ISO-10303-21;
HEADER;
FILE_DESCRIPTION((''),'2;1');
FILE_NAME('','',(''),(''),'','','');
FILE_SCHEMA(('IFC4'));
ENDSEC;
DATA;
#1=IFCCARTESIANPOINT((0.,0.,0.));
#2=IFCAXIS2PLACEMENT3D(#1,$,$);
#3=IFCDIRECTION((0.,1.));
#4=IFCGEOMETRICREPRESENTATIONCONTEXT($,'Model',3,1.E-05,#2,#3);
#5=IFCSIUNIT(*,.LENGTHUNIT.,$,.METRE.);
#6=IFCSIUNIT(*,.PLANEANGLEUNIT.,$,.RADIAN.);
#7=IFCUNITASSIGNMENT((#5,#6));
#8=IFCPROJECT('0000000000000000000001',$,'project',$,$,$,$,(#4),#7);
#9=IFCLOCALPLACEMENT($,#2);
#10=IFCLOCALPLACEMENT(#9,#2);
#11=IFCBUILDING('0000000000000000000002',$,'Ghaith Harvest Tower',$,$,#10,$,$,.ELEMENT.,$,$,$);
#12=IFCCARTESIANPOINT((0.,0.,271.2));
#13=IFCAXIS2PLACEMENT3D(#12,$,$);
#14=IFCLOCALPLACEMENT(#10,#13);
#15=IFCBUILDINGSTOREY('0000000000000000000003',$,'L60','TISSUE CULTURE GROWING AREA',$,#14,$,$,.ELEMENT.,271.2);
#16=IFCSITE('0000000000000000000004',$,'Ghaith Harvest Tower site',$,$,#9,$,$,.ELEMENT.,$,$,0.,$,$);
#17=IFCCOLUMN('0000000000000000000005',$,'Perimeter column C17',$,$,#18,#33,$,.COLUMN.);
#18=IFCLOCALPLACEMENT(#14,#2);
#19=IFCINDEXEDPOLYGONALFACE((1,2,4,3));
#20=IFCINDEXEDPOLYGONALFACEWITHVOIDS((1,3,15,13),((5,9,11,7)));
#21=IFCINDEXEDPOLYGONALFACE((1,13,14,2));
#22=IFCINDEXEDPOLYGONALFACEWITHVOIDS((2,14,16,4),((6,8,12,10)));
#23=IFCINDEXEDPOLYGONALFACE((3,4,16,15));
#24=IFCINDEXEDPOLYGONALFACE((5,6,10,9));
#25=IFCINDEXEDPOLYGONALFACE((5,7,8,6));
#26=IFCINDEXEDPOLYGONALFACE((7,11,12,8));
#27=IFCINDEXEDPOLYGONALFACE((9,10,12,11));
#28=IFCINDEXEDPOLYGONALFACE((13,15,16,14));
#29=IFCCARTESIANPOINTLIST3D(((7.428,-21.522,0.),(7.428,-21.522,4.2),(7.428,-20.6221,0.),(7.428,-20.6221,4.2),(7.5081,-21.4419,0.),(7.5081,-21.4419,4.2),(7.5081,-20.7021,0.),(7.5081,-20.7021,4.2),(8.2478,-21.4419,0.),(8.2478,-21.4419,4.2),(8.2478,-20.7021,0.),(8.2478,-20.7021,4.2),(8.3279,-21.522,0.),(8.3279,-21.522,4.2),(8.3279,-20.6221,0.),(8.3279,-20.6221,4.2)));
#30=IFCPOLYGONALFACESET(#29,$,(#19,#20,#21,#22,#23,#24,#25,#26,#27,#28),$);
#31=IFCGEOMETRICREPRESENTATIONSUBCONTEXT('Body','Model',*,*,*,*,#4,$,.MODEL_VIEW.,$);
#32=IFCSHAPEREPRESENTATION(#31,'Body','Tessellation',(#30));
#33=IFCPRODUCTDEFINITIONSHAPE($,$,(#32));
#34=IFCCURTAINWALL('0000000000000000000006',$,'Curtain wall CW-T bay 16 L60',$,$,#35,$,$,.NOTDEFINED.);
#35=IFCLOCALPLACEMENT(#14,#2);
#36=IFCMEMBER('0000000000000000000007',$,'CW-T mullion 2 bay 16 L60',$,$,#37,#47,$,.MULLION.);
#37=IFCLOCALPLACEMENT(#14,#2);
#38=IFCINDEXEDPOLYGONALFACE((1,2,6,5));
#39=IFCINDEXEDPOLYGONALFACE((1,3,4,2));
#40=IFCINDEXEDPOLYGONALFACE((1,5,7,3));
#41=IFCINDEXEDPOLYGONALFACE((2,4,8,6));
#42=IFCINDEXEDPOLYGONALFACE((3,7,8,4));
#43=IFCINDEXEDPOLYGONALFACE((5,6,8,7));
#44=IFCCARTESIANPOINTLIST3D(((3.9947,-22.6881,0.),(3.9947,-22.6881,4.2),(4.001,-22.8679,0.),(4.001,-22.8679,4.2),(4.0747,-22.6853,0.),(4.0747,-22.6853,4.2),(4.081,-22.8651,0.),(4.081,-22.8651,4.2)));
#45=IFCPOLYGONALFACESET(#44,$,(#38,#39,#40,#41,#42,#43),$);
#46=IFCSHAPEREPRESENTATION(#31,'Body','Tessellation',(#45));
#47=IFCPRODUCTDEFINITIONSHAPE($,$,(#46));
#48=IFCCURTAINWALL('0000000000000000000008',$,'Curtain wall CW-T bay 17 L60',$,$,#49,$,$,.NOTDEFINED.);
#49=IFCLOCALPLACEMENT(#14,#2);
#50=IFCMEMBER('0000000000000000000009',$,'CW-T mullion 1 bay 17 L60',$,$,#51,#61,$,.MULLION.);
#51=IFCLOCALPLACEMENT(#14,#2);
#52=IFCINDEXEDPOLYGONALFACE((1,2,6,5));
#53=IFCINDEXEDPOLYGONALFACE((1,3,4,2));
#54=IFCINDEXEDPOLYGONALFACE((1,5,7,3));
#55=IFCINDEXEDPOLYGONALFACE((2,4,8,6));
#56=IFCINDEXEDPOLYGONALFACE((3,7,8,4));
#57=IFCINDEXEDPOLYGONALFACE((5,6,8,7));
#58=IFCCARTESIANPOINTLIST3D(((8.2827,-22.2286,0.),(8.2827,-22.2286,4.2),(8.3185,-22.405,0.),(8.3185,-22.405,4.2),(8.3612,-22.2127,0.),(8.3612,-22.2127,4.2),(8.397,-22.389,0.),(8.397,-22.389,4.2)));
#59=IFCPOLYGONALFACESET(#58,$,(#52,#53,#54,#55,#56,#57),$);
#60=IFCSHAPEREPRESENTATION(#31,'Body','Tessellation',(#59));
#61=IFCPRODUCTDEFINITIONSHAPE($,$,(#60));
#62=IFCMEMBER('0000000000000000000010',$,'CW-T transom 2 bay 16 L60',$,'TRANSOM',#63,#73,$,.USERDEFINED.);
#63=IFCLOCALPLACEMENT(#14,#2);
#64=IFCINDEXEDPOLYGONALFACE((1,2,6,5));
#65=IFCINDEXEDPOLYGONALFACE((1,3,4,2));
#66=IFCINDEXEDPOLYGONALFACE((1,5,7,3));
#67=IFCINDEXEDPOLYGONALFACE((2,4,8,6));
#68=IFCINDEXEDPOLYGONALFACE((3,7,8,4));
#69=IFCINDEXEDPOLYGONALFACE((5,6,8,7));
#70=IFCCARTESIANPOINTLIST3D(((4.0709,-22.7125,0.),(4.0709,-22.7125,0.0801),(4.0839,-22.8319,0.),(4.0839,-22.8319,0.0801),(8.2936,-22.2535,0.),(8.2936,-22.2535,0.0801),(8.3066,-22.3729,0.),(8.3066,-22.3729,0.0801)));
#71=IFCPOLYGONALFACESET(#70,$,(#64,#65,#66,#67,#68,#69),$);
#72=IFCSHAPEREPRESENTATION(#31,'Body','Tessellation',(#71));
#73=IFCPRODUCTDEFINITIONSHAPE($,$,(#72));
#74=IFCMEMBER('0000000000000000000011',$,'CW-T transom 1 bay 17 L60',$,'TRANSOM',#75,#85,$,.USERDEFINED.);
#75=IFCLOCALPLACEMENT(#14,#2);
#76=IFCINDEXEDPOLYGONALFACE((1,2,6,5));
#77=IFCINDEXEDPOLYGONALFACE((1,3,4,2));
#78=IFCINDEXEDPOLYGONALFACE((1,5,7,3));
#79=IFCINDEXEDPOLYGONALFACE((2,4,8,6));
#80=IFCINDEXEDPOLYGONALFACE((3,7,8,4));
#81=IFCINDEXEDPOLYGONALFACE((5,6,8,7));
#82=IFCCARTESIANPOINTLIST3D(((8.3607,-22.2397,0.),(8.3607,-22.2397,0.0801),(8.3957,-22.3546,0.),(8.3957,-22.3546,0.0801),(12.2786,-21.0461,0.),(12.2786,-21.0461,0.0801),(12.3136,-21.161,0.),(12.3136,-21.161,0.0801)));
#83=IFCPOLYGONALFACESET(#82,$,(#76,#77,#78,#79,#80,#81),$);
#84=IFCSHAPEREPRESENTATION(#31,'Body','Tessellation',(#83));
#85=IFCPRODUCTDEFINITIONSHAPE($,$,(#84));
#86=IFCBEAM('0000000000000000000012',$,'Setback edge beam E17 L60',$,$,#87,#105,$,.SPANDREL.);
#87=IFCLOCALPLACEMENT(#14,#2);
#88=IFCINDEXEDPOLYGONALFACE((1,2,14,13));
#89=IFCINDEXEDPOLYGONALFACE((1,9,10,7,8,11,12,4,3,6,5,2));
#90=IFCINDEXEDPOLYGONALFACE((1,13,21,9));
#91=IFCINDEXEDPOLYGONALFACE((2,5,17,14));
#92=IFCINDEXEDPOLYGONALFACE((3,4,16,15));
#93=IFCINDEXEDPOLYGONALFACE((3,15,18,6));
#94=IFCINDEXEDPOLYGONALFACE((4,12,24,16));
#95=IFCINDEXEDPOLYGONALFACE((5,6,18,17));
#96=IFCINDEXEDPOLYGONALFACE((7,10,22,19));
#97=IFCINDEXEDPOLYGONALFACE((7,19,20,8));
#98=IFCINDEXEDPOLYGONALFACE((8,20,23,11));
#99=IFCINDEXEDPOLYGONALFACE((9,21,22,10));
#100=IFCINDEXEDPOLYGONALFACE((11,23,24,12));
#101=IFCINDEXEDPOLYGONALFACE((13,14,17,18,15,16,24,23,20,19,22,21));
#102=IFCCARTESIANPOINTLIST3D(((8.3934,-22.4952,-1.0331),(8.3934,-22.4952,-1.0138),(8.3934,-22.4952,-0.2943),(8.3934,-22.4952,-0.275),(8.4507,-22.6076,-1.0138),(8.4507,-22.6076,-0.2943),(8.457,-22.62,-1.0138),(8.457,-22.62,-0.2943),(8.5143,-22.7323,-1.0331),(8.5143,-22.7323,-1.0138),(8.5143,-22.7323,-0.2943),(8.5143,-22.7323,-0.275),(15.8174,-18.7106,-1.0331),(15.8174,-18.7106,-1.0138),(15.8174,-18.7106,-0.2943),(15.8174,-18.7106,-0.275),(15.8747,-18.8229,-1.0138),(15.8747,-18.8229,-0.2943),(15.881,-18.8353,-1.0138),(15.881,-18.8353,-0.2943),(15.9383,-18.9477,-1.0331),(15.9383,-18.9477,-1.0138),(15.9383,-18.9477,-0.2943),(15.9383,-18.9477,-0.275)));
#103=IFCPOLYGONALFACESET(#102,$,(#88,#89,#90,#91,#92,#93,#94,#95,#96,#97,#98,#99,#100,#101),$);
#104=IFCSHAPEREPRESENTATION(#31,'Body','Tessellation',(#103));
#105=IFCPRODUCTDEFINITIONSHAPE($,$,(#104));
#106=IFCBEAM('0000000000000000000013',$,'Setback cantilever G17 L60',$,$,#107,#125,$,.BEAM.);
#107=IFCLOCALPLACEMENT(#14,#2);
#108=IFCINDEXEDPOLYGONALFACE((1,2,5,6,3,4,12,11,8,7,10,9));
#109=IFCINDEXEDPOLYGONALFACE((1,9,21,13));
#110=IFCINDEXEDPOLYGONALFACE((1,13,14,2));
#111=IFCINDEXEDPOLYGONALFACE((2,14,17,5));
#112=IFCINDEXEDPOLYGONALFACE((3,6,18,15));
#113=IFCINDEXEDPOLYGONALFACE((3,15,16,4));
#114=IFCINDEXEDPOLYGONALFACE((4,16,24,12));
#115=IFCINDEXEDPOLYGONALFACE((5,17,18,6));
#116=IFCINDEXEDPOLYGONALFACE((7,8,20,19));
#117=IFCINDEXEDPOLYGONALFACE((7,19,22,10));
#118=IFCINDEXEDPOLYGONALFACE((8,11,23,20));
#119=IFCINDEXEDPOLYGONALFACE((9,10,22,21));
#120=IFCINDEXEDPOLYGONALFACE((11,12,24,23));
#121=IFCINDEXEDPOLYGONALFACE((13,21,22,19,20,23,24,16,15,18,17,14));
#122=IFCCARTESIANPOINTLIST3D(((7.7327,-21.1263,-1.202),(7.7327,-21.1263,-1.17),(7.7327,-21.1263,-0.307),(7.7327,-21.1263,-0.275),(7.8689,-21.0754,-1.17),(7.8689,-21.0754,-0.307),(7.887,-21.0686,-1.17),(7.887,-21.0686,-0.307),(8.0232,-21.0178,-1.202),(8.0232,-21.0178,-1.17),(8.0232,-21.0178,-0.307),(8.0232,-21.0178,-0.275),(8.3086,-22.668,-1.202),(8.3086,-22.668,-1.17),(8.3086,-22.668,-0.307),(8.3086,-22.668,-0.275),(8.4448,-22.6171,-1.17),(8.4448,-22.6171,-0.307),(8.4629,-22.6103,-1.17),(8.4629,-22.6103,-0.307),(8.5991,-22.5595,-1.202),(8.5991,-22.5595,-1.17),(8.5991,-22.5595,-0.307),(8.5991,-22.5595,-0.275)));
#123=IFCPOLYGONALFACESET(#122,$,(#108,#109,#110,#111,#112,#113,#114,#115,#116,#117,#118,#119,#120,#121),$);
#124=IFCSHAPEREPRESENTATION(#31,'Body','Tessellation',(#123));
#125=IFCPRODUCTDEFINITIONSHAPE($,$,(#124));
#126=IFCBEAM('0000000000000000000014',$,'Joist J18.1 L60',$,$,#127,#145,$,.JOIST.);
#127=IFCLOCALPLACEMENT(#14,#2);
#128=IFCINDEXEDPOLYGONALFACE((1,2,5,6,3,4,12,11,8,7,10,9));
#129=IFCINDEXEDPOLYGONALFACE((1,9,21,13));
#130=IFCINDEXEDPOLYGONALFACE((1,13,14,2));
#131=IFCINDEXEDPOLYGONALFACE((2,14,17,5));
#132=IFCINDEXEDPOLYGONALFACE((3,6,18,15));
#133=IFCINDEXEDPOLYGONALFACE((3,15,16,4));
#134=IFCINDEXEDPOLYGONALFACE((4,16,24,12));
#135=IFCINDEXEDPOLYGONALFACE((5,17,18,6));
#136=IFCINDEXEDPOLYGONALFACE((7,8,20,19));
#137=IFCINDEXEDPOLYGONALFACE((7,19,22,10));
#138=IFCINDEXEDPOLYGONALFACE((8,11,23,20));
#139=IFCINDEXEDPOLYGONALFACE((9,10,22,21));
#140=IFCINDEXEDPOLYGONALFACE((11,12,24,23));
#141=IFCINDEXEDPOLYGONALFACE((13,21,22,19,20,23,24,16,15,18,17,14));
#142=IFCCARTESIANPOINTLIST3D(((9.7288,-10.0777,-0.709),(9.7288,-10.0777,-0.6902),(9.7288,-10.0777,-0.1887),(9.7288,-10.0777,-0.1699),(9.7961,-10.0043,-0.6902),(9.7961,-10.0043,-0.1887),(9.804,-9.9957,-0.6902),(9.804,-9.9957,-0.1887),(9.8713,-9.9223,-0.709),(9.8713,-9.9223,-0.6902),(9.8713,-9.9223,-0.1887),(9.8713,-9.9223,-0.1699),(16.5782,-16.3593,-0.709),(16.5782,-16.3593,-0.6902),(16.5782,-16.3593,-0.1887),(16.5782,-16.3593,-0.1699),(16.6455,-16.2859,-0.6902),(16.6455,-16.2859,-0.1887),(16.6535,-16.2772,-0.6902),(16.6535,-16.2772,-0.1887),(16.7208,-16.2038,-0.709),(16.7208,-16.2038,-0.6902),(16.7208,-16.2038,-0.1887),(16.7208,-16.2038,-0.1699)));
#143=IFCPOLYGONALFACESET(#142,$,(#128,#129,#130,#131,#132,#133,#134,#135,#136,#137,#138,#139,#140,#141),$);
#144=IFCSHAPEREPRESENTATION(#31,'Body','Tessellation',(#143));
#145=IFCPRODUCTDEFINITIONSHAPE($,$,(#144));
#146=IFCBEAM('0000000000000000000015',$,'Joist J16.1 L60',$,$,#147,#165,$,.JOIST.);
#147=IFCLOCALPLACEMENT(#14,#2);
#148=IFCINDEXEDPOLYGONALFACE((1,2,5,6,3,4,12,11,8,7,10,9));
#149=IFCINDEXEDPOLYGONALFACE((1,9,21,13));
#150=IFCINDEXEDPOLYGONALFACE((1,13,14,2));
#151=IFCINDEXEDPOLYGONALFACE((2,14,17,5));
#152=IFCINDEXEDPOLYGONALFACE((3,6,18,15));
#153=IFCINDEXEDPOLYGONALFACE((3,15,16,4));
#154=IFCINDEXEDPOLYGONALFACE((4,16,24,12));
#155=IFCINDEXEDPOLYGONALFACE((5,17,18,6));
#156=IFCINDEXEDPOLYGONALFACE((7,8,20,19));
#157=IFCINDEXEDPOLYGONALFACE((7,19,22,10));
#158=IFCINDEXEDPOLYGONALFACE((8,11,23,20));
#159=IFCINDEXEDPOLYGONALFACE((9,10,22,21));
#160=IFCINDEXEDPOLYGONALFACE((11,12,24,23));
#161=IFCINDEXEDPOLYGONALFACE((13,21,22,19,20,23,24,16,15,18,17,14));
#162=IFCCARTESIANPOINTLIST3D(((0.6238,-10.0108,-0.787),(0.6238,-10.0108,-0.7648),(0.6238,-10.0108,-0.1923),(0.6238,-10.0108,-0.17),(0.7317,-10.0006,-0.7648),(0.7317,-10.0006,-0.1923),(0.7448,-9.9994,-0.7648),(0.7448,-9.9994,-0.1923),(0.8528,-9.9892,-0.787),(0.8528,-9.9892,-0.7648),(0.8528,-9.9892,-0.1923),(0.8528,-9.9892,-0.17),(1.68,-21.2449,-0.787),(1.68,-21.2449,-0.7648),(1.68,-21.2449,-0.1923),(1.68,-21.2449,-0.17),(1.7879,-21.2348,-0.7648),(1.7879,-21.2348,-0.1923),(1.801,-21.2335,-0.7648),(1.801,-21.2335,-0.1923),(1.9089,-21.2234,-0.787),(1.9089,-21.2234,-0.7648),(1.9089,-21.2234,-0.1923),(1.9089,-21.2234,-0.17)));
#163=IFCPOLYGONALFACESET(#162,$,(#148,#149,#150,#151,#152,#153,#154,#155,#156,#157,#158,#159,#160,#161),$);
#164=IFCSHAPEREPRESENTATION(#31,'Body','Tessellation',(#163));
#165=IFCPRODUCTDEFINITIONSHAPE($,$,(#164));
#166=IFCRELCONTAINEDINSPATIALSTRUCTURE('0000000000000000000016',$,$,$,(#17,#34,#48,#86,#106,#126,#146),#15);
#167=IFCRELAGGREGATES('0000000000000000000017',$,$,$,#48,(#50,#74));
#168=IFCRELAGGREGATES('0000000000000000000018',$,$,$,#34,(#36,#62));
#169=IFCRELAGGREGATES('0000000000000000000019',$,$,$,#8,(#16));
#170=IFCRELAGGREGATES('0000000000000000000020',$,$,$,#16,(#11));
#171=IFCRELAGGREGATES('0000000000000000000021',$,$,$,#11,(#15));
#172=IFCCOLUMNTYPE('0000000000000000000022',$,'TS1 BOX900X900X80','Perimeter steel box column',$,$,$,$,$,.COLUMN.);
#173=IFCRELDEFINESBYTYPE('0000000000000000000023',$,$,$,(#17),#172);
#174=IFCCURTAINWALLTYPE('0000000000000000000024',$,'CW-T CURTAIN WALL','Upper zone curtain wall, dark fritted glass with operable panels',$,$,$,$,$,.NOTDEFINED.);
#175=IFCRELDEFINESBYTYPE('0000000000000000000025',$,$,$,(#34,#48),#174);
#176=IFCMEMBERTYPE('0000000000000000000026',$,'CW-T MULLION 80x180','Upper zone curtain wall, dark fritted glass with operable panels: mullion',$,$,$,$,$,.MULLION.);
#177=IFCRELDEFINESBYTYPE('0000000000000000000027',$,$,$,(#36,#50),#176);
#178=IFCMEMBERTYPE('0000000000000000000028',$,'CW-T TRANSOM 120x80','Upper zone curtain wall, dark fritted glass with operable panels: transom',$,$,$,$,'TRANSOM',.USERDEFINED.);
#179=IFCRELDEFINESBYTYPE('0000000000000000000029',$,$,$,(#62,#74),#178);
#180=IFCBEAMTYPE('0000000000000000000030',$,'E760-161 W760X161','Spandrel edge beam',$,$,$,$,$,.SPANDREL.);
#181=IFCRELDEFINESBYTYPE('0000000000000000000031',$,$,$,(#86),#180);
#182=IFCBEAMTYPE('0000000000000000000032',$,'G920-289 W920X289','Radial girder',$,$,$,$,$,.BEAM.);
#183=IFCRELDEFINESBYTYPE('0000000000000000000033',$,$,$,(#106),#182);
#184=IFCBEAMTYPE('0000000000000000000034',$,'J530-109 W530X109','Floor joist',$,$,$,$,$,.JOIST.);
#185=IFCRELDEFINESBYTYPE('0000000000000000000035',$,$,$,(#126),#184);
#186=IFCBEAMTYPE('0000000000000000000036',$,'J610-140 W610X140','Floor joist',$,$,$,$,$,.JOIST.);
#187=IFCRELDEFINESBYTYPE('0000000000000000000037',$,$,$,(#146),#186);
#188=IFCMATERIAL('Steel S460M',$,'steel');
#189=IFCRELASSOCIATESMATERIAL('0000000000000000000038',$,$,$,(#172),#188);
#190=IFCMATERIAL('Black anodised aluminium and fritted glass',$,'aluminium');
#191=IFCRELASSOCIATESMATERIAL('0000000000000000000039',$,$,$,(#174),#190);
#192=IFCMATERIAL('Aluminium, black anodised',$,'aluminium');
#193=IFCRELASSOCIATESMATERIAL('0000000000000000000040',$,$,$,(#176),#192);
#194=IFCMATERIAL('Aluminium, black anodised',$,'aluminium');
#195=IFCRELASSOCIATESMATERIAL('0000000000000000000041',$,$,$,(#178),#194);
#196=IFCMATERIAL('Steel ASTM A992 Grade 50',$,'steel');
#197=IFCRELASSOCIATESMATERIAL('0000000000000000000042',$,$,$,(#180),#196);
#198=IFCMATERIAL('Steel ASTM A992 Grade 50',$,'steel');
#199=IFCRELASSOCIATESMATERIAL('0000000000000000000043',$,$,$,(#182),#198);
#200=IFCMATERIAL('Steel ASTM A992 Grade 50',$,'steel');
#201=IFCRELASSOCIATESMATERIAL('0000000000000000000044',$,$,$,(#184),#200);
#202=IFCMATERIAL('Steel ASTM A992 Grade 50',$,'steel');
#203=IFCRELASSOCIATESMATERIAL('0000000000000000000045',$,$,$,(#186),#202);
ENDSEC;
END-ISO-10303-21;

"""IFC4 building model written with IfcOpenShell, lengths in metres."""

from ifc_helpers import new_model, si_unit, direction, frame, origin, origin_2d, place, context, subcontext, project, spatial, rectangle, hollow_rectangle, i_section, extrude, material, material_profile, profile_set, type_object, element, aggregate, save


model = new_model("IFC4")

# Units and contexts
model_context = context("Model", 3, precision=1e-05, world=origin(), true_north=direction((0.0, 1.0)))
body_context = subcontext(model_context, "Body", "Model", "MODEL_VIEW")
ifc_project = project(units=[si_unit("LENGTHUNIT", "METRE"), si_unit("PLANEANGLEUNIT", "RADIAN")], contexts=[model_context])

# Site, building, storey
site_placement = place(None, origin())
site = spatial("IfcSite", under=ifc_project, at=site_placement, Name="Ghaith Harvest Tower site", CompositionType="ELEMENT", RefElevation=0.0)
building_placement = place(site_placement, origin())
building = spatial("IfcBuilding", under=site, at=building_placement, Name="Ghaith Harvest Tower", CompositionType="ELEMENT")
storey_placement = place(building_placement, frame((0.0, 0.0, 271.2)))
storey = spatial("IfcBuildingStorey", under=building, at=storey_placement, Name="L60", Description="TISSUE CULTURE GROWING AREA", CompositionType="ELEMENT", Elevation=271.2)

# Column
ifc_material_1 = material(Name="Steel S460M", Category="steel")
ifc_material_profile_1 = material_profile(ifc_material_1, hollow_rectangle(XDim=0.8999, YDim=0.8999, WallThickness=0.0801, at=origin_2d()), Name="BOX900X900X80")
ifc_profile_set_1 = profile_set([ifc_material_profile_1], Name="Steel S460M")
column_type = type_object("IfcColumnType", Name="TS1 BOX900X900X80", Description="Perimeter steel box column", PredefinedType="COLUMN", material=ifc_profile_set_1)
column_placement = place(storey_placement, frame((7.8779, -21.072, 0.0), z_axis=(0.0, 0.0, 1.0), x_axis=(1.0, 0.0, 0.0)))
element("IfcColumn", 1, at=column_placement, inside=storey, type_object=column_type, Name="Perimeter column C17", PredefinedType="COLUMN", context=body_context, shape_type="SweptSolid", body=[
    extrude(hollow_rectangle(XDim=0.8999, YDim=0.8999, WallThickness=0.0801, at=origin_2d()), origin(), (0.0, 0.0, 1.0), 4.2),
])

# Curtain walls, members
ifc_material_2 = material(Name="Black anodised aluminium and fritted glass", Category="aluminium")
curtain_wall_type = type_object("IfcCurtainWallType", Name="CW-T CURTAIN WALL", Description="Upper zone curtain wall, dark fritted glass with operable panels", PredefinedType="NOTDEFINED", material=ifc_material_2)
curtain_wall_1_placement = place(storey_placement, origin())
curtain_wall_1 = element("IfcCurtainWall", 2, at=curtain_wall_1_placement, inside=storey, type_object=curtain_wall_type, Name="Curtain wall CW-T bay 16 L60", PredefinedType="NOTDEFINED")
ifc_material_3 = material(Name="Aluminium, black anodised", Category="aluminium")
ifc_material_profile_2 = material_profile(ifc_material_3, rectangle(XDim=0.0801, YDim=0.1799, at=origin_2d()), Name="CW-T MULLION 80x180")
ifc_profile_set_2 = profile_set([ifc_material_profile_2], Name="Aluminium, black anodised")
member_type_1 = type_object("IfcMemberType", Name="CW-T MULLION 80x180", Description="Upper zone curtain wall, dark fritted glass with operable panels: mullion", PredefinedType="MULLION", material=ifc_profile_set_2)
member_1_placement = place(storey_placement, frame((4.0378, -22.7766, 0.0), z_axis=(0.0, 0.0, 1.0), x_axis=(0.999389, 0.034962, 0.0)))
member_1 = element("IfcMember", 3, at=member_1_placement, type_object=member_type_1, Name="CW-T mullion 2 bay 16 L60", PredefinedType="MULLION", context=body_context, shape_type="SweptSolid", body=[
    extrude(rectangle(XDim=0.0801, YDim=0.1799, at=origin_2d()), origin(), (0.0, 0.0, 1.0), 4.2),
])
curtain_wall_2_placement = place(storey_placement, origin())
curtain_wall_2 = element("IfcCurtainWall", 4, at=curtain_wall_2_placement, inside=storey, type_object=curtain_wall_type, Name="Curtain wall CW-T bay 17 L60", PredefinedType="NOTDEFINED")
member_2_placement = place(storey_placement, frame((8.3398, -22.3088, 0.0), z_axis=(0.0, 0.0, 1.0), x_axis=(0.98, 0.198997, 0.0)))
member_2 = element("IfcMember", 5, at=member_2_placement, type_object=member_type_1, Name="CW-T mullion 1 bay 17 L60", PredefinedType="MULLION", context=body_context, shape_type="SweptSolid", body=[
    extrude(rectangle(XDim=0.0801, YDim=0.1799, at=origin_2d()), origin(), (0.0, 0.0, 1.0), 4.2),
])

# Members
ifc_material_4 = material(Name="Aluminium, black anodised", Category="aluminium")
ifc_material_profile_3 = material_profile(ifc_material_4, rectangle(XDim=0.1201, YDim=0.0801, at=origin_2d()), Name="CW-T TRANSOM 120x80")
ifc_profile_set_3 = profile_set([ifc_material_profile_3], Name="Aluminium, black anodised")
member_type_2 = type_object("IfcMemberType", Name="CW-T TRANSOM 120x80", Description="Upper zone curtain wall, dark fritted glass with operable panels: transom", ElementType="TRANSOM", PredefinedType="USERDEFINED", material=ifc_profile_set_3)
member_3_placement = place(storey_placement, frame((4.0774, -22.7722, 0.04), z_axis=(0.994144, 0.108059, 0.0), x_axis=(-0.108059, 0.994144, 0.0)))
member_3 = element("IfcMember", 6, at=member_3_placement, type_object=member_type_2, Name="CW-T transom 2 bay 16 L60", ObjectType="TRANSOM", PredefinedType="USERDEFINED", context=body_context, shape_type="SweptSolid", body=[
    extrude(rectangle(XDim=0.1201, YDim=0.0801, at=origin_2d()), origin(), (0.0, 0.0, 1.0), 4.2476),
])
member_4_placement = place(storey_placement, frame((8.3782, -22.2971, 0.04), z_axis=(0.956594, 0.291425, 0.0), x_axis=(-0.291425, 0.956594, 0.0)))
member_4 = element("IfcMember", 7, at=member_4_placement, type_object=member_type_2, Name="CW-T transom 1 bay 17 L60", ObjectType="TRANSOM", PredefinedType="USERDEFINED", context=body_context, shape_type="SweptSolid", body=[
    extrude(rectangle(XDim=0.1201, YDim=0.0801, at=origin_2d()), origin(), (0.0, 0.0, 1.0), 4.0957),
])
aggregate(curtain_wall_2, [member_2, member_4])

# Beams
ifc_material_5 = material(Name="Steel ASTM A992 Grade 50", Category="steel")
ifc_material_profile_4 = material_profile(ifc_material_5, i_section(OverallWidth=0.2661, OverallDepth=0.7581, WebThickness=0.0139, FlangeThickness=0.0193, at=origin_2d()), Name="W760X161")
ifc_profile_set_4 = profile_set([ifc_material_profile_4], Name="Steel ASTM A992 Grade 50")
beam_type_1 = type_object("IfcBeamType", Name="E760-161 W760X161", Description="Spandrel edge beam", PredefinedType="SPANDREL", material=ifc_profile_set_4)
beam_1_placement = place(storey_placement, frame((8.4539, -22.6138, -0.6541), z_axis=(0.890914, 0.454173, 0.0), x_axis=(-0.454173, 0.890914, 0.0)))
element("IfcBeam", 8, at=beam_1_placement, inside=storey, type_object=beam_type_1, Name="Setback edge beam E17 L60", PredefinedType="SPANDREL", context=body_context, shape_type="SweptSolid", body=[
    extrude(i_section(OverallWidth=0.2661, OverallDepth=0.7581, WebThickness=0.0139, FlangeThickness=0.0193, at=origin_2d()), origin(), (0.0, 0.0, 1.0), 8.333),
])
ifc_material_6 = material(Name="Steel ASTM A992 Grade 50", Category="steel")
ifc_material_profile_5 = material_profile(ifc_material_6, i_section(OverallWidth=0.3101, OverallDepth=0.927, WebThickness=0.0193, FlangeThickness=0.032, at=origin_2d()), Name="W920X289")
ifc_profile_set_5 = profile_set([ifc_material_profile_5], Name="Steel ASTM A992 Grade 50")
beam_type_2 = type_object("IfcBeamType", Name="G920-289 W920X289", Description="Radial girder", PredefinedType="BEAM", material=ifc_profile_set_5)
beam_2_placement = place(storey_placement, frame((7.8779, -21.072, -0.7385), z_axis=(0.349936, -0.936773, 0.0), x_axis=(0.936773, 0.349936, 0.0)))
element("IfcBeam", 9, at=beam_2_placement, inside=storey, type_object=beam_type_2, Name="Setback cantilever G17 L60", PredefinedType="BEAM", context=body_context, shape_type="SweptSolid", body=[
    extrude(i_section(OverallWidth=0.3101, OverallDepth=0.927, WebThickness=0.0193, FlangeThickness=0.032, at=origin_2d()), origin(), (0.0, 0.0, 1.0), 1.6458),
])
ifc_material_7 = material(Name="Steel ASTM A992 Grade 50", Category="steel")
ifc_material_profile_6 = material_profile(ifc_material_7, i_section(OverallWidth=0.2109, OverallDepth=0.5391, WebThickness=0.0117, FlangeThickness=0.0188, at=origin_2d()), Name="W530X109")
ifc_profile_set_6 = profile_set([ifc_material_profile_6], Name="Steel ASTM A992 Grade 50")
beam_type_3 = type_object("IfcBeamType", Name="J530-109 W530X109", Description="Floor joist", PredefinedType="JOIST", material=ifc_profile_set_6)
beam_3_placement = place(storey_placement, frame((9.8, -10.0, -0.4395), z_axis=(0.736998, -0.675895, 0.0), x_axis=(0.675895, 0.736998, 0.0)))
element("IfcBeam", 10, at=beam_3_placement, inside=storey, type_object=beam_type_3, Name="Joist J18.1 L60", PredefinedType="JOIST", context=body_context, shape_type="SweptSolid", body=[
    extrude(i_section(OverallWidth=0.2109, OverallDepth=0.5391, WebThickness=0.0117, FlangeThickness=0.0188, at=origin_2d()), origin(), (0.0, 0.0, 1.0), 9.2937),
])
ifc_material_8 = material(Name="Steel ASTM A992 Grade 50", Category="steel")
ifc_material_profile_7 = material_profile(ifc_material_8, i_section(OverallWidth=0.23, OverallDepth=0.6169, WebThickness=0.0132, FlangeThickness=0.0222, at=origin_2d()), Name="W610X140")
ifc_profile_set_7 = profile_set([ifc_material_profile_7], Name="Steel ASTM A992 Grade 50")
beam_type_4 = type_object("IfcBeamType", Name="J610-140 W610X140", Description="Floor joist", PredefinedType="JOIST", material=ifc_profile_set_7)
beam_4_placement = place(storey_placement, frame((0.7383, -10.0, -0.4785), z_axis=(0.0936, -0.99561, 0.0), x_axis=(0.99561, 0.0936, 0.0)))
element("IfcBeam", 11, at=beam_4_placement, inside=storey, type_object=beam_type_4, Name="Joist J16.1 L60", PredefinedType="JOIST", context=body_context, shape_type="SweptSolid", body=[
    extrude(i_section(OverallWidth=0.23, OverallDepth=0.6169, WebThickness=0.0132, FlangeThickness=0.0222, at=origin_2d()), origin(), (0.0, 0.0, 1.0), 11.2837),
])

aggregate(curtain_wall_1, [member_1, member_3])

save(model, "model.ifc")
